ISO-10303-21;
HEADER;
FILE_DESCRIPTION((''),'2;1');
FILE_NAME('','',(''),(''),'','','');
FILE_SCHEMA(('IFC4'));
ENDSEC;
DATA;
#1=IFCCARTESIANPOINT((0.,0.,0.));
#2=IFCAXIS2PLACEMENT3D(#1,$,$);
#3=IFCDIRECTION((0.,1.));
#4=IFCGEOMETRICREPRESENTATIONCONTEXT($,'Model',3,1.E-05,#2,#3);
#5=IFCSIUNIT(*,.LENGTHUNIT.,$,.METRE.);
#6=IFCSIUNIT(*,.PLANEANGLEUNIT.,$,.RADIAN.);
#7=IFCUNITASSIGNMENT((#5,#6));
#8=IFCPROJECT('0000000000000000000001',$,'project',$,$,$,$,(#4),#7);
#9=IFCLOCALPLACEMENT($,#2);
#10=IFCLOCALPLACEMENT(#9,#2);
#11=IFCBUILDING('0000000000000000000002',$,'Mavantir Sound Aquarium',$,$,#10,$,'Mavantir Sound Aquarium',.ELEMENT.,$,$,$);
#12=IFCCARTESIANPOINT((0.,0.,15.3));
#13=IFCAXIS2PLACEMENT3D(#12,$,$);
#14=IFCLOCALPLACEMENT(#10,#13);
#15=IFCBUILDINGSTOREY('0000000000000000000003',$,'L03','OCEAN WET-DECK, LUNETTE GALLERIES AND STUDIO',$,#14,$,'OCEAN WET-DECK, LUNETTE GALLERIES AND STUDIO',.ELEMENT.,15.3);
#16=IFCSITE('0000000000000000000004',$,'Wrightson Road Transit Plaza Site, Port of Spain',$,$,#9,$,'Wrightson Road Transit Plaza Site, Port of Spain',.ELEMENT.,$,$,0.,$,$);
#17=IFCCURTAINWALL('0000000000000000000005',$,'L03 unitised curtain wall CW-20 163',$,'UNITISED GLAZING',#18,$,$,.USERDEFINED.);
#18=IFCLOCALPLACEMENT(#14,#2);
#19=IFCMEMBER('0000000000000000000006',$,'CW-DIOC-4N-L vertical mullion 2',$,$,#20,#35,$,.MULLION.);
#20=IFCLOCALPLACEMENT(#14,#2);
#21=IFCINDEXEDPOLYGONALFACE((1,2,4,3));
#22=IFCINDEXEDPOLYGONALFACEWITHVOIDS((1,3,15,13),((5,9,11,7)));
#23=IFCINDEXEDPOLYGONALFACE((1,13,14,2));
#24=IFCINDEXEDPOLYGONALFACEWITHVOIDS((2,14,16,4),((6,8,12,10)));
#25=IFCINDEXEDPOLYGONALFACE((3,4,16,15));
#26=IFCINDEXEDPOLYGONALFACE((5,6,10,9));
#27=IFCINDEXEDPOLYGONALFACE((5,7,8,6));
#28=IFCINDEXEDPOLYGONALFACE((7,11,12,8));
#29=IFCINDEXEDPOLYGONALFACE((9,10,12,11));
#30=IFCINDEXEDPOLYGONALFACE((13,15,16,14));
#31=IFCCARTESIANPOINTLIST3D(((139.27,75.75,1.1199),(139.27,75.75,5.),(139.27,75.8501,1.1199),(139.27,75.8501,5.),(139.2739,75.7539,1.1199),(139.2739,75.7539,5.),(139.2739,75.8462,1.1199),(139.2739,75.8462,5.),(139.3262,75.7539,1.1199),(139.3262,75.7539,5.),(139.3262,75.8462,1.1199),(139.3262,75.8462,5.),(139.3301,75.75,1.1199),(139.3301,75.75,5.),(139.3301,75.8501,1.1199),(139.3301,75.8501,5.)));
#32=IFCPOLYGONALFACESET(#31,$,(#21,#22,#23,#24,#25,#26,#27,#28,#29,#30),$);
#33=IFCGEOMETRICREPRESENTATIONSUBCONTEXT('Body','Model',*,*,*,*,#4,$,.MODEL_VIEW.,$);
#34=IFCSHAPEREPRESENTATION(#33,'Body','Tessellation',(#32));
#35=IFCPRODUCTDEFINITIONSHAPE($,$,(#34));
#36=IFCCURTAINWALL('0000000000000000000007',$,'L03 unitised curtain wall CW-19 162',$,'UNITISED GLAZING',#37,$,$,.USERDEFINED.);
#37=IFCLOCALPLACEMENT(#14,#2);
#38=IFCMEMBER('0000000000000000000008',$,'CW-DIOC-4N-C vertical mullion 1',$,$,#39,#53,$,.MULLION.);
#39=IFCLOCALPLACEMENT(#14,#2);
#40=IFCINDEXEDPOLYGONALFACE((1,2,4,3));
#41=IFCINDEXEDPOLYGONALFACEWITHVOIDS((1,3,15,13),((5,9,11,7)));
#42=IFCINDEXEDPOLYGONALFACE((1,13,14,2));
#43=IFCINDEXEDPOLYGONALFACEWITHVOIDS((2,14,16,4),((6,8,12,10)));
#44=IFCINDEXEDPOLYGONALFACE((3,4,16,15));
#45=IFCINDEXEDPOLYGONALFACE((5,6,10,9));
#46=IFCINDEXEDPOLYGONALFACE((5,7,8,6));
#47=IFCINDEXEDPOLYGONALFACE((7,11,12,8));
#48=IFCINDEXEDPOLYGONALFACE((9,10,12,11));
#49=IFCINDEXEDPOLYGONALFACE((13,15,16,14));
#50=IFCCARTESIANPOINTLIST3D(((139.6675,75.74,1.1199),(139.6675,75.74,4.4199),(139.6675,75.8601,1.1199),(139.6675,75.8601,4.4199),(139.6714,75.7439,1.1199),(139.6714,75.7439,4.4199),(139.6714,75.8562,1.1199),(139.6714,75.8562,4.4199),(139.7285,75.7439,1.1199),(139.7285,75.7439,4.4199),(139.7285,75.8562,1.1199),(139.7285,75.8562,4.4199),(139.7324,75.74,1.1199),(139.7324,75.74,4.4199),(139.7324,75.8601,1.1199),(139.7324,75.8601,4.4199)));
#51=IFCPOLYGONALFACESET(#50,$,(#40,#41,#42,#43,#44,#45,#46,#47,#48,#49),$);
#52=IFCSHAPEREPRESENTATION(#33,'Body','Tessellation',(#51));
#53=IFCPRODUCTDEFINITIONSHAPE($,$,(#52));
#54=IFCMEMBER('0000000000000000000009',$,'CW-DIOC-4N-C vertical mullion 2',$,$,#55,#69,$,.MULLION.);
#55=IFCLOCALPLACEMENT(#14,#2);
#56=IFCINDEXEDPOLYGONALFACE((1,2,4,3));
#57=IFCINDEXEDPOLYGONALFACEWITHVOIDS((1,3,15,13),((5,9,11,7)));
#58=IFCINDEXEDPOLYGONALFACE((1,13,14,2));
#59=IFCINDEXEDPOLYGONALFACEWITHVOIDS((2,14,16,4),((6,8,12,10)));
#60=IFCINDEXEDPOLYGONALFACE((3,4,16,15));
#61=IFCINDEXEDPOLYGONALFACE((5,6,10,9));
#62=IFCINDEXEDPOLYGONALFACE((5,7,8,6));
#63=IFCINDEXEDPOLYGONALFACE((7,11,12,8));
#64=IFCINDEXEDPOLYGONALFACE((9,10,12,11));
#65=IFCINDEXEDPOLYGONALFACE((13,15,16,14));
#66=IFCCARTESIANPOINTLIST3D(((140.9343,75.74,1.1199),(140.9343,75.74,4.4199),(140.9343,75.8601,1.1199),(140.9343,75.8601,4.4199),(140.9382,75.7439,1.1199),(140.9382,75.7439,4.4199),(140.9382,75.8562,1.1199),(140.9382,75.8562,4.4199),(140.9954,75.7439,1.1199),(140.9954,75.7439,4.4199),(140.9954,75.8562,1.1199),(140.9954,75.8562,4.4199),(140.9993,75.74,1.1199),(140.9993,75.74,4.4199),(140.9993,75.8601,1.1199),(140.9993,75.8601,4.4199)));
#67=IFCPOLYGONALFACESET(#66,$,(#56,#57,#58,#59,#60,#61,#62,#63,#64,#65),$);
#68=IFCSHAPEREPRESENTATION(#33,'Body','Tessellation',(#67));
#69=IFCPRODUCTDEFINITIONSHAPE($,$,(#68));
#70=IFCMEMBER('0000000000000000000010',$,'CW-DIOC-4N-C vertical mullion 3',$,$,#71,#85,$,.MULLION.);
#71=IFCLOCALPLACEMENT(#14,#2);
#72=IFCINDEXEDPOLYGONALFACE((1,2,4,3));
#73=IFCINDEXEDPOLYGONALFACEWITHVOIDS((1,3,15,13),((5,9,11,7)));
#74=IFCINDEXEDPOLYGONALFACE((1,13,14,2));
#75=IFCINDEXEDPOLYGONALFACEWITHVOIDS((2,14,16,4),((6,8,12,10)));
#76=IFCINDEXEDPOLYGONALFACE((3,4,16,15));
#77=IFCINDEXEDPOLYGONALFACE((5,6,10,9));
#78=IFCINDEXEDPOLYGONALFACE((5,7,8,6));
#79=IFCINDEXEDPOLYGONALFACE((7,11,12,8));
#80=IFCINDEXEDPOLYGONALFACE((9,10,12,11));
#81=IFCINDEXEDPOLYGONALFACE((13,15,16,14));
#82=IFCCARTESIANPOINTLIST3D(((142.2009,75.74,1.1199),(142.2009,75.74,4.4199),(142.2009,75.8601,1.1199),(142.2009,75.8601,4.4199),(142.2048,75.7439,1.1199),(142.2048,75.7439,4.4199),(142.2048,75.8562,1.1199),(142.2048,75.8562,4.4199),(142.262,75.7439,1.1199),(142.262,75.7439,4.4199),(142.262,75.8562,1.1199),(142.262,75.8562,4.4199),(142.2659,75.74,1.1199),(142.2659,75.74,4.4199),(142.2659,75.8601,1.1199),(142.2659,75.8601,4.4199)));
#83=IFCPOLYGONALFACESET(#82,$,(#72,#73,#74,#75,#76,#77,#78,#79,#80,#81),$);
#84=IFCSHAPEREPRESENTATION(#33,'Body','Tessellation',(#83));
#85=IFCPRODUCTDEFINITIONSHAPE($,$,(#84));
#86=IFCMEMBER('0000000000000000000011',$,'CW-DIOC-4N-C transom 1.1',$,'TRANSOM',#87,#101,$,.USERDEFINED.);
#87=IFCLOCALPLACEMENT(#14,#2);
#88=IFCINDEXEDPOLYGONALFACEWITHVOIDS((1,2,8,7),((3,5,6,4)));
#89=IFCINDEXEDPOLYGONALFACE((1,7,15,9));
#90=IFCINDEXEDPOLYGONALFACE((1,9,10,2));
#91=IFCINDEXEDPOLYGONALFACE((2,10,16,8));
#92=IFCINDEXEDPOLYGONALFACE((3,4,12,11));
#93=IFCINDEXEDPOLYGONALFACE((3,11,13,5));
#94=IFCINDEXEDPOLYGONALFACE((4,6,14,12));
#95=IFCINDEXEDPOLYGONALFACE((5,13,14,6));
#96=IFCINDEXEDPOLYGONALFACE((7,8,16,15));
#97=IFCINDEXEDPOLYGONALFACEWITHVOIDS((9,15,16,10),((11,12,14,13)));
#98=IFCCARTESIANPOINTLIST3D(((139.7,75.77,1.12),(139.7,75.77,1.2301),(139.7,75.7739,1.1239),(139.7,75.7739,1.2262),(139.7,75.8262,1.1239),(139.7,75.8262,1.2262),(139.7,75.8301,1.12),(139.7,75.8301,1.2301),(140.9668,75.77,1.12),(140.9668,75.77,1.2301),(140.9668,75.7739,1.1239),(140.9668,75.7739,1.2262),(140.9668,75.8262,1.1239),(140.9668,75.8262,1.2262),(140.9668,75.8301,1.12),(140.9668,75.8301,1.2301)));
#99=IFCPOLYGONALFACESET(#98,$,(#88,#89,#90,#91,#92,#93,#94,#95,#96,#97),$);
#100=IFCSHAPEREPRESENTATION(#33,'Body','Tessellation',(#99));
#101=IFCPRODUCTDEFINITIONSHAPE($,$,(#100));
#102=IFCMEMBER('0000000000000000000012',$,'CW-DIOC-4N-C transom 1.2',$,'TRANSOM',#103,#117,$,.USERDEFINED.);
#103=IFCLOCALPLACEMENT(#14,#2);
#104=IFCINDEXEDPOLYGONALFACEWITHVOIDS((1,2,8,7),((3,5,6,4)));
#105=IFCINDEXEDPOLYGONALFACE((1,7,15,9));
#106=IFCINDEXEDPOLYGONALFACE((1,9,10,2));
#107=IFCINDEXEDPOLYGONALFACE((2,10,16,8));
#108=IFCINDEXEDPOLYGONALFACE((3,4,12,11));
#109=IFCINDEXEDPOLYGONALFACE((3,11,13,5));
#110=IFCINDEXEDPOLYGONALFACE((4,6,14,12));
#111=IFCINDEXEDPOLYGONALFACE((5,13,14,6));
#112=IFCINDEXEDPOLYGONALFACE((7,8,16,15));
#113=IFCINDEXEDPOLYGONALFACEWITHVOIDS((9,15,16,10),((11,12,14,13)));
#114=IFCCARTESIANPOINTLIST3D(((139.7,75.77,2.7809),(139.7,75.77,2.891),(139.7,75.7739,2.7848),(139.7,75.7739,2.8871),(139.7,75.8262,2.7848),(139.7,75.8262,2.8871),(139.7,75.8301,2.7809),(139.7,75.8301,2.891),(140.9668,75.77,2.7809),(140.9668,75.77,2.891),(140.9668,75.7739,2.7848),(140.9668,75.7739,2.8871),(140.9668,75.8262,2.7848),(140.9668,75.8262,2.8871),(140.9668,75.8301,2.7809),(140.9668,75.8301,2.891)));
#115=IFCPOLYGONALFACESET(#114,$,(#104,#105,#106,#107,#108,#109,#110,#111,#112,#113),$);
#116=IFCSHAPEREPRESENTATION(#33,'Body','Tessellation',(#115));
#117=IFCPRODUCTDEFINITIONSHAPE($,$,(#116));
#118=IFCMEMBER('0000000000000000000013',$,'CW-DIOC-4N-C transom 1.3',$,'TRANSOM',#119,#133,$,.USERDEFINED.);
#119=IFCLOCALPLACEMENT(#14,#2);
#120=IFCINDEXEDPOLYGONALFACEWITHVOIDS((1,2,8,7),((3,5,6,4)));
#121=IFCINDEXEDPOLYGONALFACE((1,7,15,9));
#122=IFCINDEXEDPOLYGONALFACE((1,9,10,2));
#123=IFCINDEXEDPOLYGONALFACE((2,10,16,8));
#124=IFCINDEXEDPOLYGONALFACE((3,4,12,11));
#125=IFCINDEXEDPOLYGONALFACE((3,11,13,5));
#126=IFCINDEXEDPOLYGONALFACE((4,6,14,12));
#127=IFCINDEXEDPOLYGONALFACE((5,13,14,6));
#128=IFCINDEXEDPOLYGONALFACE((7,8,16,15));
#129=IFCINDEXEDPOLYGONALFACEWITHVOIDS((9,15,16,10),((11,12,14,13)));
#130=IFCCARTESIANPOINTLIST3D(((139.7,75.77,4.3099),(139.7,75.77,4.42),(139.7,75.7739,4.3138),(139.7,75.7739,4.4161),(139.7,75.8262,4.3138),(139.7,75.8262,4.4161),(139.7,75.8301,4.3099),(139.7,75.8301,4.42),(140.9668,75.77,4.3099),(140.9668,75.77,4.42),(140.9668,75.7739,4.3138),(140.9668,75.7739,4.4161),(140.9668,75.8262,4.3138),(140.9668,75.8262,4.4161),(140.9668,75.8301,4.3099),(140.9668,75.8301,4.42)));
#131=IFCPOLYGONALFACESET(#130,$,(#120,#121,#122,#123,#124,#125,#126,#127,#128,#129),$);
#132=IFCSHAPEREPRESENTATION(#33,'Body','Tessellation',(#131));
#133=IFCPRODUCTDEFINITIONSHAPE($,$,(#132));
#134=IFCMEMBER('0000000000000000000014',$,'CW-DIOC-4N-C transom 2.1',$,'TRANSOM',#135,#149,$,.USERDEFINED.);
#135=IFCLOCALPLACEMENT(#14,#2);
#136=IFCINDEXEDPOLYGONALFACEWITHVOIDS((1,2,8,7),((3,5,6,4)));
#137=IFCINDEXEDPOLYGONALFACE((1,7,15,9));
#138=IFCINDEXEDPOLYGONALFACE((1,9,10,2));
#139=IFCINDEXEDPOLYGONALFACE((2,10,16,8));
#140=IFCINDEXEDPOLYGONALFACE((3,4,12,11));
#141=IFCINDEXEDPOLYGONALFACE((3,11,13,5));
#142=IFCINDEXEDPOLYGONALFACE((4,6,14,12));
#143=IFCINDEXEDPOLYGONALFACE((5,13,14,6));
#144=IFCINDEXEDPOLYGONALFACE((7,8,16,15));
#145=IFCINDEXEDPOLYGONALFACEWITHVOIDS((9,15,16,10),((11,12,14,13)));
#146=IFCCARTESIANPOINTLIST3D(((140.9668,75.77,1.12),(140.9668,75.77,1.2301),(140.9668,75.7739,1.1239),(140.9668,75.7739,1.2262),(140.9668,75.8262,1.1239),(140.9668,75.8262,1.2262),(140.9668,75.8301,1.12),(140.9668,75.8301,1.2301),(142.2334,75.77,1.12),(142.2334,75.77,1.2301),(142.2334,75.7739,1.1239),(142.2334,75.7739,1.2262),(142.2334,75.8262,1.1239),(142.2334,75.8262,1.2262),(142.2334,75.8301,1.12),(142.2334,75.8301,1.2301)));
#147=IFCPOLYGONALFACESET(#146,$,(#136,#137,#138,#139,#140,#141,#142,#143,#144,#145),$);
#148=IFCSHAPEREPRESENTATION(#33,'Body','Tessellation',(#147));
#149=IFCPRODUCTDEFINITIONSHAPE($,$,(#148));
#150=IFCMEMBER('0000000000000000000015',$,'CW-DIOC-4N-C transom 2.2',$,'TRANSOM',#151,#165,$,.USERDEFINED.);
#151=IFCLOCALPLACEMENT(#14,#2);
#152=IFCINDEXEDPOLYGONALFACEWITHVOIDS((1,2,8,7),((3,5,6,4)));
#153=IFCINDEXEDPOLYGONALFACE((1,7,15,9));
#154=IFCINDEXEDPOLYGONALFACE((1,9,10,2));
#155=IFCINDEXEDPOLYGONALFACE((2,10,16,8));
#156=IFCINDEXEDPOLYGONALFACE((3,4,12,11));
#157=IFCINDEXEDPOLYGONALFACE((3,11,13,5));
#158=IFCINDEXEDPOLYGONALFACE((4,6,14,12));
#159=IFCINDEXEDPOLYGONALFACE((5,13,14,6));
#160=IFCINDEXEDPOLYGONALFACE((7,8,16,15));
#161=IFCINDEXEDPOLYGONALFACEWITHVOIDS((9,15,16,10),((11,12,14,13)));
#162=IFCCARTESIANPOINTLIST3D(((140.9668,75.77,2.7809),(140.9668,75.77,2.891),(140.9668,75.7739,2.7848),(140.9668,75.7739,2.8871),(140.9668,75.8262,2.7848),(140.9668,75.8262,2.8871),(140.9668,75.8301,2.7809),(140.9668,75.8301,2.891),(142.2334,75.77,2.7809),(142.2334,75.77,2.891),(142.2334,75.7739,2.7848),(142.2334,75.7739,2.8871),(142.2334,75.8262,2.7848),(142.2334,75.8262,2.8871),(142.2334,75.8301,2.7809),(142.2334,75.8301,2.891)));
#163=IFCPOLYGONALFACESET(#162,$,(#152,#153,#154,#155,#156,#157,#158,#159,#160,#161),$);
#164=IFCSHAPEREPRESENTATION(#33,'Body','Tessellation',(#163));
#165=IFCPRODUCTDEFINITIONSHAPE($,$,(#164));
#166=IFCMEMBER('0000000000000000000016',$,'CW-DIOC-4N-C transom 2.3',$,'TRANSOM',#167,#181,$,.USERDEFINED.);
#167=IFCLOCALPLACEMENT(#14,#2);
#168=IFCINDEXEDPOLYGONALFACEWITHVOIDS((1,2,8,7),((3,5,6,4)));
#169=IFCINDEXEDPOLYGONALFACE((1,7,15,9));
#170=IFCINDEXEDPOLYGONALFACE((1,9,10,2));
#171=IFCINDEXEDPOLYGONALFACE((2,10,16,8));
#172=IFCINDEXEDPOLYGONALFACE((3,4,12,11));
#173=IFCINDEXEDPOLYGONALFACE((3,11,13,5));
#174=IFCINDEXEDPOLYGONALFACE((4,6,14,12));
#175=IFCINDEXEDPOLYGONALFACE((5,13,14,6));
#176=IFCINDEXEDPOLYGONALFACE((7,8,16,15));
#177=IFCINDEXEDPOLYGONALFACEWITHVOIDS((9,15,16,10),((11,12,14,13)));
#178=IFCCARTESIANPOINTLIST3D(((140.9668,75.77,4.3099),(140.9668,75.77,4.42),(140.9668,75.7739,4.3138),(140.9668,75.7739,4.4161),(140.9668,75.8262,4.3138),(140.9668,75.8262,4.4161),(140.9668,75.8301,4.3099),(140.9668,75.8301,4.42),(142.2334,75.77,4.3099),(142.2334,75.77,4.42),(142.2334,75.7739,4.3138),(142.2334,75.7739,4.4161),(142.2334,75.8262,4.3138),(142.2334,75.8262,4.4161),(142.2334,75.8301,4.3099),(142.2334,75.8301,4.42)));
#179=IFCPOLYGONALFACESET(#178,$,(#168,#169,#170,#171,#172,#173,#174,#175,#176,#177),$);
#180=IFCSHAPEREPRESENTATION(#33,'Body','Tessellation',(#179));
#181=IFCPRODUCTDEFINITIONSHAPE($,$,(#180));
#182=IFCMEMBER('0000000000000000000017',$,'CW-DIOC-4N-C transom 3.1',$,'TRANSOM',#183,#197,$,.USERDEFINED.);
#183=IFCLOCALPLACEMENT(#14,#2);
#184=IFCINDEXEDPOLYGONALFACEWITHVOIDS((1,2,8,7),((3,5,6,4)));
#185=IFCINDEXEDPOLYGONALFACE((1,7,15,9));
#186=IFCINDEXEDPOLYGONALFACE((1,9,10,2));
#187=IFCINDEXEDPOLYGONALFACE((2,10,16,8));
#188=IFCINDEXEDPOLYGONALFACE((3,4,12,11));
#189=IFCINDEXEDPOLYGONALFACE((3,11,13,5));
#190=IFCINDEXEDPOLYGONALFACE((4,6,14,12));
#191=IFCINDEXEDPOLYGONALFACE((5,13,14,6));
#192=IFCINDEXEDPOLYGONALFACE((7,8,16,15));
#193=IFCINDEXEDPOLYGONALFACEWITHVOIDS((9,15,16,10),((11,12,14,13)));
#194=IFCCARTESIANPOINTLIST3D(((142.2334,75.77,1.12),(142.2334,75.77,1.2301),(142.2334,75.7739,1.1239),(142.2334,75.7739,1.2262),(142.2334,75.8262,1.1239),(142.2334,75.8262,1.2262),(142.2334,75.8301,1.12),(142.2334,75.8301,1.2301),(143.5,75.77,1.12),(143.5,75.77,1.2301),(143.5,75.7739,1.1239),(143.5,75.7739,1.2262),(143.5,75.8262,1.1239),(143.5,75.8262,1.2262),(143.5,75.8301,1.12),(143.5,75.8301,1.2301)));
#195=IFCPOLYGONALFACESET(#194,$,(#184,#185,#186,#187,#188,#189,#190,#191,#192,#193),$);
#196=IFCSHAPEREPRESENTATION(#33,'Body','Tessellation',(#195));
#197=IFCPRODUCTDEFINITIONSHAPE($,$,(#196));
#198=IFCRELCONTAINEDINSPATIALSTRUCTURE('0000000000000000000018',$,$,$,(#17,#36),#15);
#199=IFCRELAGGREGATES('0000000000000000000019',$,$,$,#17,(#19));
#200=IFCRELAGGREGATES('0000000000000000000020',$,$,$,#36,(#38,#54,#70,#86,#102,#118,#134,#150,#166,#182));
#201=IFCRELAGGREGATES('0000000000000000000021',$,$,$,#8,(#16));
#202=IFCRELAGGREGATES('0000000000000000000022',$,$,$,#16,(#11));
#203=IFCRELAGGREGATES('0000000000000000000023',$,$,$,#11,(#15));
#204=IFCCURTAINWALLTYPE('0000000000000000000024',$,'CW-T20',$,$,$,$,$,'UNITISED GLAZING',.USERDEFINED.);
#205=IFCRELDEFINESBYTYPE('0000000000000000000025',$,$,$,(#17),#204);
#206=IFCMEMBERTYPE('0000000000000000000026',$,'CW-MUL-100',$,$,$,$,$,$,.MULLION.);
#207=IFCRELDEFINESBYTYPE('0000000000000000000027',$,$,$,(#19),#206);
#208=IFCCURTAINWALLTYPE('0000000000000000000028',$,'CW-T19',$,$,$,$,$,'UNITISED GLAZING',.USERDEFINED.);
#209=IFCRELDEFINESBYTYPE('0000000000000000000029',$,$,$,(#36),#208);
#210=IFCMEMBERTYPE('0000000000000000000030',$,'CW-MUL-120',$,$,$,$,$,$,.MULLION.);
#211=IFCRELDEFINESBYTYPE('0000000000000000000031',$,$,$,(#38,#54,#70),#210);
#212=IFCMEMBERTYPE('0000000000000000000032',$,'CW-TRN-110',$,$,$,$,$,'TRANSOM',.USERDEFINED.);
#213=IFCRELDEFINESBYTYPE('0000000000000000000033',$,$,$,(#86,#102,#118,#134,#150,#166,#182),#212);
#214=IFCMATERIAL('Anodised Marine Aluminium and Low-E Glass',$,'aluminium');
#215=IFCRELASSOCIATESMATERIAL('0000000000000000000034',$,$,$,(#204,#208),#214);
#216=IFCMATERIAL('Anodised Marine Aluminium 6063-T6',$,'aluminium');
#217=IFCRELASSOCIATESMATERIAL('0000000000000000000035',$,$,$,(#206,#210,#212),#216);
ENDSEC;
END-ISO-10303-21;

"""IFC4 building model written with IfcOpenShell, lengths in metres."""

from ifc_helpers import new_model, si_unit, direction, frame, origin, origin_2d, place, context, subcontext, project, spatial, hollow_rectangle, extrude, material, material_profile, profile_set, type_object, element, aggregate, save


model = new_model("IFC4")

# Units and contexts
model_context = context("Model", 3, precision=1e-05, world=origin(), true_north=direction((0.0, 1.0)))
body_context = subcontext(model_context, "Body", "Model", "MODEL_VIEW")
ifc_project = project(units=[si_unit("LENGTHUNIT", "METRE"), si_unit("PLANEANGLEUNIT", "RADIAN")], contexts=[model_context])

# Site, building, storey
site_placement = place(None, origin())
site = spatial("IfcSite", under=ifc_project, at=site_placement, Name="Wrightson Road Transit Plaza Site, Port of Spain", LongName="Wrightson Road Transit Plaza Site, Port of Spain", CompositionType="ELEMENT", RefElevation=0.0)
building_placement = place(site_placement, origin())
building = spatial("IfcBuilding", under=site, at=building_placement, Name="Mavantir Sound Aquarium", LongName="Mavantir Sound Aquarium", CompositionType="ELEMENT")
storey_placement = place(building_placement, frame((0.0, 0.0, 15.3)))
storey = spatial("IfcBuildingStorey", under=building, at=storey_placement, Name="L03", Description="OCEAN WET-DECK, LUNETTE GALLERIES AND STUDIO", LongName="OCEAN WET-DECK, LUNETTE GALLERIES AND STUDIO", CompositionType="ELEMENT", Elevation=15.3)

# Curtain wall, member
ifc_material_1 = material(Name="Anodised Marine Aluminium and Low-E Glass", Category="aluminium")
curtain_wall_type_1 = type_object("IfcCurtainWallType", Name="CW-T20", ElementType="UNITISED GLAZING", PredefinedType="USERDEFINED", material=ifc_material_1)
curtain_wall_1_placement = place(storey_placement, origin())
curtain_wall_1 = element("IfcCurtainWall", 1, at=curtain_wall_1_placement, inside=storey, type_object=curtain_wall_type_1, Name="L03 unitised curtain wall CW-20 163", ObjectType="UNITISED GLAZING", PredefinedType="USERDEFINED")
ifc_material_2 = material(Name="Anodised Marine Aluminium 6063-T6", Category="aluminium")
ifc_material_profile_1 = material_profile(ifc_material_2, hollow_rectangle(XDim=0.0601, YDim=0.1001, WallThickness=0.0039, at=origin_2d()), Name="ALU-MULLION-100X60")
ifc_profile_set_1 = profile_set([ifc_material_profile_1], Name="Anodised Marine Aluminium 6063-T6")
member_type_1 = type_object("IfcMemberType", Name="CW-MUL-100", PredefinedType="MULLION", material=ifc_profile_set_1)
member_1_placement = place(storey_placement, frame((139.3, 75.8, 1.1199), z_axis=(0.0, 0.0, 1.0), x_axis=(1.0, 0.0, 0.0)))
member_1 = element("IfcMember", 2, at=member_1_placement, type_object=member_type_1, Name="CW-DIOC-4N-L vertical mullion 2", PredefinedType="MULLION", context=body_context, shape_type="SweptSolid", body=[
    extrude(hollow_rectangle(XDim=0.0601, YDim=0.1001, WallThickness=0.0039, at=origin_2d()), origin(), (0.0, 0.0, 1.0), 3.8801),
])

# Curtain wall, members
curtain_wall_type_2 = type_object("IfcCurtainWallType", Name="CW-T19", ElementType="UNITISED GLAZING", PredefinedType="USERDEFINED", material=ifc_material_1)
curtain_wall_2_placement = place(storey_placement, origin())
curtain_wall_2 = element("IfcCurtainWall", 3, at=curtain_wall_2_placement, inside=storey, type_object=curtain_wall_type_2, Name="L03 unitised curtain wall CW-19 162", ObjectType="UNITISED GLAZING", PredefinedType="USERDEFINED")
ifc_material_profile_2 = material_profile(ifc_material_2, hollow_rectangle(XDim=0.0649, YDim=0.1201, WallThickness=0.0039, at=origin_2d()), Name="ALU-MULLION-120X65")
ifc_profile_set_2 = profile_set([ifc_material_profile_2], Name="Anodised Marine Aluminium 6063-T6")
member_type_2 = type_object("IfcMemberType", Name="CW-MUL-120", PredefinedType="MULLION", material=ifc_profile_set_2)
member_2_placement = place(storey_placement, frame((139.7, 75.8, 1.1199), z_axis=(0.0, 0.0, 1.0), x_axis=(1.0, 0.0, 0.0)))
member_2 = element("IfcMember", 4, at=member_2_placement, type_object=member_type_2, Name="CW-DIOC-4N-C vertical mullion 1", PredefinedType="MULLION", context=body_context, shape_type="SweptSolid", body=[
    extrude(hollow_rectangle(XDim=0.0649, YDim=0.1201, WallThickness=0.0039, at=origin_2d()), origin(), (0.0, 0.0, 1.0), 3.3),
])
member_3_placement = place(storey_placement, frame((140.9668, 75.8, 1.1199), z_axis=(0.0, 0.0, 1.0), x_axis=(1.0, 0.0, 0.0)))
member_3 = element("IfcMember", 5, at=member_3_placement, type_object=member_type_2, Name="CW-DIOC-4N-C vertical mullion 2", PredefinedType="MULLION", context=body_context, shape_type="SweptSolid", body=[
    extrude(hollow_rectangle(XDim=0.0649, YDim=0.1201, WallThickness=0.0039, at=origin_2d()), origin(), (0.0, 0.0, 1.0), 3.3),
])
member_4_placement = place(storey_placement, frame((142.2334, 75.8, 1.1199), z_axis=(0.0, 0.0, 1.0), x_axis=(1.0, 0.0, 0.0)))
member_4 = element("IfcMember", 6, at=member_4_placement, type_object=member_type_2, Name="CW-DIOC-4N-C vertical mullion 3", PredefinedType="MULLION", context=body_context, shape_type="SweptSolid", body=[
    extrude(hollow_rectangle(XDim=0.0649, YDim=0.1201, WallThickness=0.0039, at=origin_2d()), origin(), (0.0, 0.0, 1.0), 3.3),
])
ifc_material_profile_3 = material_profile(ifc_material_2, hollow_rectangle(XDim=0.0601, YDim=0.1101, WallThickness=0.0039, at=origin_2d()), Name="ALU-TRANSOM-110X60")
ifc_profile_set_3 = profile_set([ifc_material_profile_3], Name="Anodised Marine Aluminium 6063-T6")
member_type_3 = type_object("IfcMemberType", Name="CW-TRN-110", ElementType="TRANSOM", PredefinedType="USERDEFINED", material=ifc_profile_set_3)
member_5_placement = place(storey_placement, frame((139.7, 75.8, 1.175), z_axis=(1.0, 0.0, 0.0), x_axis=(0.0, 1.0, 0.0)))
member_5 = element("IfcMember", 7, at=member_5_placement, type_object=member_type_3, Name="CW-DIOC-4N-C transom 1.1", ObjectType="TRANSOM", PredefinedType="USERDEFINED", context=body_context, shape_type="SweptSolid", body=[
    extrude(hollow_rectangle(XDim=0.0601, YDim=0.1101, WallThickness=0.0039, at=origin_2d()), origin(), (0.0, 0.0, 1.0), 1.2668),
])
member_6_placement = place(storey_placement, frame((139.7, 75.8, 2.8359), z_axis=(1.0, 0.0, 0.0), x_axis=(0.0, 1.0, 0.0)))
member_6 = element("IfcMember", 8, at=member_6_placement, type_object=member_type_3, Name="CW-DIOC-4N-C transom 1.2", ObjectType="TRANSOM", PredefinedType="USERDEFINED", context=body_context, shape_type="SweptSolid", body=[
    extrude(hollow_rectangle(XDim=0.0601, YDim=0.1101, WallThickness=0.0039, at=origin_2d()), origin(), (0.0, 0.0, 1.0), 1.2668),
])
member_7_placement = place(storey_placement, frame((139.7, 75.8, 4.365), z_axis=(1.0, 0.0, 0.0), x_axis=(0.0, 1.0, 0.0)))
member_7 = element("IfcMember", 9, at=member_7_placement, type_object=member_type_3, Name="CW-DIOC-4N-C transom 1.3", ObjectType="TRANSOM", PredefinedType="USERDEFINED", context=body_context, shape_type="SweptSolid", body=[
    extrude(hollow_rectangle(XDim=0.0601, YDim=0.1101, WallThickness=0.0039, at=origin_2d()), origin(), (0.0, 0.0, 1.0), 1.2668),
])
member_8_placement = place(storey_placement, frame((140.9668, 75.8, 1.175), z_axis=(1.0, 0.0, 0.0), x_axis=(0.0, 1.0, 0.0)))
member_8 = element("IfcMember", 10, at=member_8_placement, type_object=member_type_3, Name="CW-DIOC-4N-C transom 2.1", ObjectType="TRANSOM", PredefinedType="USERDEFINED", context=body_context, shape_type="SweptSolid", body=[
    extrude(hollow_rectangle(XDim=0.0601, YDim=0.1101, WallThickness=0.0039, at=origin_2d()), origin(), (0.0, 0.0, 1.0), 1.2666),
])
member_9_placement = place(storey_placement, frame((140.9668, 75.8, 2.8359), z_axis=(1.0, 0.0, 0.0), x_axis=(0.0, 1.0, 0.0)))
member_9 = element("IfcMember", 11, at=member_9_placement, type_object=member_type_3, Name="CW-DIOC-4N-C transom 2.2", ObjectType="TRANSOM", PredefinedType="USERDEFINED", context=body_context, shape_type="SweptSolid", body=[
    extrude(hollow_rectangle(XDim=0.0601, YDim=0.1101, WallThickness=0.0039, at=origin_2d()), origin(), (0.0, 0.0, 1.0), 1.2666),
])
member_10_placement = place(storey_placement, frame((140.9668, 75.8, 4.365), z_axis=(1.0, 0.0, 0.0), x_axis=(0.0, 1.0, 0.0)))
member_10 = element("IfcMember", 12, at=member_10_placement, type_object=member_type_3, Name="CW-DIOC-4N-C transom 2.3", ObjectType="TRANSOM", PredefinedType="USERDEFINED", context=body_context, shape_type="SweptSolid", body=[
    extrude(hollow_rectangle(XDim=0.0601, YDim=0.1101, WallThickness=0.0039, at=origin_2d()), origin(), (0.0, 0.0, 1.0), 1.2666),
])
member_11_placement = place(storey_placement, frame((142.2334, 75.8, 1.175), z_axis=(1.0, 0.0, 0.0), x_axis=(0.0, 1.0, 0.0)))
member_11 = element("IfcMember", 13, at=member_11_placement, type_object=member_type_3, Name="CW-DIOC-4N-C transom 3.1", ObjectType="TRANSOM", PredefinedType="USERDEFINED", context=body_context, shape_type="SweptSolid", body=[
    extrude(hollow_rectangle(XDim=0.0601, YDim=0.1101, WallThickness=0.0039, at=origin_2d()), origin(), (0.0, 0.0, 1.0), 1.2666),
])

aggregate(curtain_wall_1, [member_1])
aggregate(curtain_wall_2, [member_2, member_3, member_4, member_5, member_6, member_7, member_8, member_9, member_10, member_11])

save(model, "model.ifc")
